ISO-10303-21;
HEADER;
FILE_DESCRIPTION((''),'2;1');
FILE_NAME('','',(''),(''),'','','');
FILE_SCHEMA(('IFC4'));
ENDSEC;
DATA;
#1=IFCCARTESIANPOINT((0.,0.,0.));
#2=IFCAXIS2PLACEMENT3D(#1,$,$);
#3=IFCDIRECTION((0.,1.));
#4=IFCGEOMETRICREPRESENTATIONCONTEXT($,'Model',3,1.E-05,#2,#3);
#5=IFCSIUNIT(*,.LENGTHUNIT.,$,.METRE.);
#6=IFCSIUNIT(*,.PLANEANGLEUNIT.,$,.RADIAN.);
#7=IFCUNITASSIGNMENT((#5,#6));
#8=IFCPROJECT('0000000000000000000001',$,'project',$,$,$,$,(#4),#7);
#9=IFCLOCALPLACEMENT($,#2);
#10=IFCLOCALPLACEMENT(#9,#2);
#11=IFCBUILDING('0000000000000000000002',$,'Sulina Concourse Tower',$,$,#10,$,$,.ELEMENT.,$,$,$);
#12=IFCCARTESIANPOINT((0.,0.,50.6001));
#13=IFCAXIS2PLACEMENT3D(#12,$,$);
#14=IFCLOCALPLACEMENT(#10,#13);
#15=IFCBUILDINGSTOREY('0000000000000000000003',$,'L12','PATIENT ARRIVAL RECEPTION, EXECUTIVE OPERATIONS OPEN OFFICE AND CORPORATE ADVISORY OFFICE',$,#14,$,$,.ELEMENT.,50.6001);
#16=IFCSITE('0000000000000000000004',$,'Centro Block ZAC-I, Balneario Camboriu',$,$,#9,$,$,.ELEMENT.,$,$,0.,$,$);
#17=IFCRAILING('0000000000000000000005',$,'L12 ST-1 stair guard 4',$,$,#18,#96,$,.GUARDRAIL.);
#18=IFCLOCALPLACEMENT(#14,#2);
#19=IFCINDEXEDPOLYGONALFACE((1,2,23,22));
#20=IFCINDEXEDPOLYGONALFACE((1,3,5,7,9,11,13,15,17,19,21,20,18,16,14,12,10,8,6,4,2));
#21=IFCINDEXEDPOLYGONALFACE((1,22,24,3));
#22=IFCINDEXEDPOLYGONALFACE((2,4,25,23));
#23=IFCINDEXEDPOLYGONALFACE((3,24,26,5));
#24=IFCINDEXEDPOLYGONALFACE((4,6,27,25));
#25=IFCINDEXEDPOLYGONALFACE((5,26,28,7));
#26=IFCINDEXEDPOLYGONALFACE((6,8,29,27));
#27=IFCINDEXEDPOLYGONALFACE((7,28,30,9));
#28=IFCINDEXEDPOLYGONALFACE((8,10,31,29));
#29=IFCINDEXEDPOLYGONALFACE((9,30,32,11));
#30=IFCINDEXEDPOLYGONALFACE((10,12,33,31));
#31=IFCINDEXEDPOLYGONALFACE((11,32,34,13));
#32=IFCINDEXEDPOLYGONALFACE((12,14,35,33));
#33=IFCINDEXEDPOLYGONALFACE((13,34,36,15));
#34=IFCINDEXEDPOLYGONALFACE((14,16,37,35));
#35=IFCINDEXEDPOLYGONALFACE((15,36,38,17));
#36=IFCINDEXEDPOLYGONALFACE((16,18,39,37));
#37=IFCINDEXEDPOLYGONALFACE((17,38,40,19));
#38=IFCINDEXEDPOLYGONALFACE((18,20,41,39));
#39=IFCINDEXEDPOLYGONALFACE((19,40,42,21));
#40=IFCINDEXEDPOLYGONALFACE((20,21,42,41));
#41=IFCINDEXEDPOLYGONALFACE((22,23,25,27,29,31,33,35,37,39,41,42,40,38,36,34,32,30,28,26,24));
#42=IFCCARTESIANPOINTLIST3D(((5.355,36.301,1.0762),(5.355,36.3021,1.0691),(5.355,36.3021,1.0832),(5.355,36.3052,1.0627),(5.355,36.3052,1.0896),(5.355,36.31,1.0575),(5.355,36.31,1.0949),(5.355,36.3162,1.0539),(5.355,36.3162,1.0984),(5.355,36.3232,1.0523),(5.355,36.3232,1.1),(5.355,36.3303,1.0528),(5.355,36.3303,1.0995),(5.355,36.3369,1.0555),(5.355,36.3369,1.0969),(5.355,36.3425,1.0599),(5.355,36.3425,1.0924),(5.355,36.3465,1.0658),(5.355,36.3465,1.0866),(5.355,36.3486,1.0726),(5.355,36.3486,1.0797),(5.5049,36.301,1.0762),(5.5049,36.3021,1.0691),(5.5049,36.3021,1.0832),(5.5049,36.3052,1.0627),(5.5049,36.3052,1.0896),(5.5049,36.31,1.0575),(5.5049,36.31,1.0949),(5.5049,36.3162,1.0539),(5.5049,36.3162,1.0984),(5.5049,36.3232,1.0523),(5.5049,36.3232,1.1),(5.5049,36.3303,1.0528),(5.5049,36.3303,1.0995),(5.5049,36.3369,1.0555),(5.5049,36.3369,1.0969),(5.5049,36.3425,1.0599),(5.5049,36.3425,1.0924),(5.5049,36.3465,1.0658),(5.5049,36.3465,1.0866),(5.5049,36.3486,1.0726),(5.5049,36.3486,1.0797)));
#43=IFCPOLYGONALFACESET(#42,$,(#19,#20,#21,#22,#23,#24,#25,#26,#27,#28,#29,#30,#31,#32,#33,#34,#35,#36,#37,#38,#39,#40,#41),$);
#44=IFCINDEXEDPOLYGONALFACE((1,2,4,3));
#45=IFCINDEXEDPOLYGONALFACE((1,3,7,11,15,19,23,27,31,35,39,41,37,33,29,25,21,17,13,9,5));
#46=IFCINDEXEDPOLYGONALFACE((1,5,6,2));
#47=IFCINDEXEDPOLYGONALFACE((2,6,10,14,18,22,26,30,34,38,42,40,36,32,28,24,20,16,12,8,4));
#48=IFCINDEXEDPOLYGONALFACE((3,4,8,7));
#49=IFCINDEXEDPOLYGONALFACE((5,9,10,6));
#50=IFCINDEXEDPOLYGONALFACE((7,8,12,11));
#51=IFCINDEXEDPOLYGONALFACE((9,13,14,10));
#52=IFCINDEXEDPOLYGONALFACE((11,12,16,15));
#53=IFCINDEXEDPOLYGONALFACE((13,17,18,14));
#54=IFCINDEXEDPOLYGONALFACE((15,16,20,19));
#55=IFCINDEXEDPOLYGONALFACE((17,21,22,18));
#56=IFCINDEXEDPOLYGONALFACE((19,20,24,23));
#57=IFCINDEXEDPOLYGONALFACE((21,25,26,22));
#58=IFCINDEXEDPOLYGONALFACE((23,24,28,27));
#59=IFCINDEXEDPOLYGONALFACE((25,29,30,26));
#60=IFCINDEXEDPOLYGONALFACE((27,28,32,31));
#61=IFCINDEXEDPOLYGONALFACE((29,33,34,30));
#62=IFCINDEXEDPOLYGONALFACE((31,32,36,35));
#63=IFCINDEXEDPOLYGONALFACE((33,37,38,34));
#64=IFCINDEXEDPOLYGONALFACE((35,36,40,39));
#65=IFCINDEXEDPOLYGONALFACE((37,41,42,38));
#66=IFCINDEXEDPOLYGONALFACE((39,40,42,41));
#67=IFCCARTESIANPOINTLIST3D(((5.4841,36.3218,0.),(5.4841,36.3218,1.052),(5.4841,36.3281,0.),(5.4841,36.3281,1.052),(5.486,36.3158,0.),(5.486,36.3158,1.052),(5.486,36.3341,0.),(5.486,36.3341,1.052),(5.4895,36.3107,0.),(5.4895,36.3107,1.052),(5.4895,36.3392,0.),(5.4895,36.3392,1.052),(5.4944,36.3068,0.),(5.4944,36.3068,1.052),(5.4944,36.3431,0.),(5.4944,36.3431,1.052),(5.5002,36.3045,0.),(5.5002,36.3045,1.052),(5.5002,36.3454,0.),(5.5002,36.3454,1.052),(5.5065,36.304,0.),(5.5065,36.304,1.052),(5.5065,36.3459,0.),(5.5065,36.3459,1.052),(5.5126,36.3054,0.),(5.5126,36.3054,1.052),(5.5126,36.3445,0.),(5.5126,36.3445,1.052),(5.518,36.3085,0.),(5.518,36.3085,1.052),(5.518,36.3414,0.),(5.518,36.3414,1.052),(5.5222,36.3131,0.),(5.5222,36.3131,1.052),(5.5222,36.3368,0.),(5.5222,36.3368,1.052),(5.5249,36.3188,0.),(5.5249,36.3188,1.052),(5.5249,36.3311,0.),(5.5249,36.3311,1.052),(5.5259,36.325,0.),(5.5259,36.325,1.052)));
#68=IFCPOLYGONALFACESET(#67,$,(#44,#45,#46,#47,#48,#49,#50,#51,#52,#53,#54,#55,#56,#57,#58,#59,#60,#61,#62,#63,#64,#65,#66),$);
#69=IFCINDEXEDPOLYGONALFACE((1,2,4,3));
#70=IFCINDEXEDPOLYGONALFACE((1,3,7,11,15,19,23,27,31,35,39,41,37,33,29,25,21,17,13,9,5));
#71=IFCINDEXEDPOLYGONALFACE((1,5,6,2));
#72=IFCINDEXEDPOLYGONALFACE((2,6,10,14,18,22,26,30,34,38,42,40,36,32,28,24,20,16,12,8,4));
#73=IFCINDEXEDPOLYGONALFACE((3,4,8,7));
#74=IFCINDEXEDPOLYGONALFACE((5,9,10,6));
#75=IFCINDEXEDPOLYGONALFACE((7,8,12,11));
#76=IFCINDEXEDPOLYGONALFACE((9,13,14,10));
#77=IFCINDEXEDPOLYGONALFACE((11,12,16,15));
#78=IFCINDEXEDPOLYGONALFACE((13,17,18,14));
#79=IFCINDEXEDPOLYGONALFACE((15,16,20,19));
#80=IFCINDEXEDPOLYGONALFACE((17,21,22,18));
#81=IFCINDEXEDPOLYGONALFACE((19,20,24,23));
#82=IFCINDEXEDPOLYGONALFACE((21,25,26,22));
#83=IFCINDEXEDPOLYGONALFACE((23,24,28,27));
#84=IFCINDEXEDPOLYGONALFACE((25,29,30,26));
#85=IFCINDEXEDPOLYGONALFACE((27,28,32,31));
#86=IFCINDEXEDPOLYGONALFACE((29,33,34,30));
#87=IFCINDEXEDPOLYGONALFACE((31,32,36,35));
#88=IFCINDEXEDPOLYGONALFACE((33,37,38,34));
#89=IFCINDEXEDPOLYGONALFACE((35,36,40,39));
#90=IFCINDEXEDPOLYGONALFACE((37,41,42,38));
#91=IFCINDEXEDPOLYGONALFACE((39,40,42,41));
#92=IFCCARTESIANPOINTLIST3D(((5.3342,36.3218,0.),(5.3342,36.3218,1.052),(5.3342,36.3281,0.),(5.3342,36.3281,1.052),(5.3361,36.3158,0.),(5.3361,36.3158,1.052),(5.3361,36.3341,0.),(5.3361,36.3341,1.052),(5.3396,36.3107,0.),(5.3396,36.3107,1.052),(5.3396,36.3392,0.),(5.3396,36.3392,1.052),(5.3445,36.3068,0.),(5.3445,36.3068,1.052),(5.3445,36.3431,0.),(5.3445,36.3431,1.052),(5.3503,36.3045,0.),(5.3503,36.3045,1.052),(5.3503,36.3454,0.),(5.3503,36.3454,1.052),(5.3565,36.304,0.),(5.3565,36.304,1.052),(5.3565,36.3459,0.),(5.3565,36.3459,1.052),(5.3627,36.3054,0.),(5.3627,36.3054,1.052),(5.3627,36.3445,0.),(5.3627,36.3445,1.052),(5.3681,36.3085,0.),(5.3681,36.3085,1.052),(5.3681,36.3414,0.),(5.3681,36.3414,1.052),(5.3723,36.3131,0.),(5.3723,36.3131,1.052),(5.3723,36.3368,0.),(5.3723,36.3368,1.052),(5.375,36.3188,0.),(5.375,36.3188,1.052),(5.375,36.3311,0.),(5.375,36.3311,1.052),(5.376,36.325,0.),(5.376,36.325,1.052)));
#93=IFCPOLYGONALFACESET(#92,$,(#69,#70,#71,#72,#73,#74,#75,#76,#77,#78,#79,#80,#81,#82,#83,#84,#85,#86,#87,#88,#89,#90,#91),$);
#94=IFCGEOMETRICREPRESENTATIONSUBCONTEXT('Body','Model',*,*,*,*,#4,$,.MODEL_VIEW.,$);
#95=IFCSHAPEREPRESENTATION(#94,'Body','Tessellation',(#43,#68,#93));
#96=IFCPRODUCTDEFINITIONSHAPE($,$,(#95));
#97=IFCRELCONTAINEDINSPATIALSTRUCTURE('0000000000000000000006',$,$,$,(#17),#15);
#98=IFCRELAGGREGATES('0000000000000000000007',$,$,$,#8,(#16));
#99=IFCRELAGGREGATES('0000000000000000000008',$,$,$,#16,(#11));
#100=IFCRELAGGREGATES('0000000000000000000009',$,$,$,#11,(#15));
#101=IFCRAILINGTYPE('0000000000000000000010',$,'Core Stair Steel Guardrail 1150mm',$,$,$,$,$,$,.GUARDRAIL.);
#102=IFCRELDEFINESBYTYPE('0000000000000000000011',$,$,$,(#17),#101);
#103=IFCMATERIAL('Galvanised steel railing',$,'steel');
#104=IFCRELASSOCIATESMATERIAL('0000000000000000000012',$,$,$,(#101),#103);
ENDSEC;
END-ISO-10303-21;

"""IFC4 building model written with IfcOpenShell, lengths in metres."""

from ifc_helpers import new_model, si_unit, direction, frame, origin, origin_2d, place, context, subcontext, project, spatial, circle, extrude, material, type_object, element, save


model = new_model("IFC4")

# Units and contexts
model_context = context("Model", 3, precision=1e-05, world=origin(), true_north=direction((0.0, 1.0)))
body_context = subcontext(model_context, "Body", "Model", "MODEL_VIEW")
ifc_project = project(units=[si_unit("LENGTHUNIT", "METRE"), si_unit("PLANEANGLEUNIT", "RADIAN")], contexts=[model_context])

# Site, building, storey
site_placement = place(None, origin())
site = spatial("IfcSite", under=ifc_project, at=site_placement, Name="Centro Block ZAC-I, Balneario Camboriu", CompositionType="ELEMENT", RefElevation=0.0)
building_placement = place(site_placement, origin())
building = spatial("IfcBuilding", under=site, at=building_placement, Name="Sulina Concourse Tower", CompositionType="ELEMENT")
storey_placement = place(building_placement, frame((0.0, 0.0, 50.6001)))
storey = spatial("IfcBuildingStorey", under=building, at=storey_placement, Name="L12", Description="PATIENT ARRIVAL RECEPTION, EXECUTIVE OPERATIONS OPEN OFFICE AND CORPORATE ADVISORY OFFICE", CompositionType="ELEMENT", Elevation=50.6001)

# Railing
ifc_material_1 = material(Name="Galvanised steel railing", Category="steel")
railing_type_1 = type_object("IfcRailingType", Name="Core Stair Steel Guardrail 1150mm", PredefinedType="GUARDRAIL", material=ifc_material_1)
railing_1_placement = place(storey_placement, frame((5.5049, 36.325, 0.0)))
element("IfcRailing", 1, at=railing_1_placement, inside=storey, type_object=railing_type_1, Name="L12 ST-1 stair guard 4", PredefinedType="GUARDRAIL", context=body_context, shape_type="SweptSolid", body=[
    extrude(circle(Radius=0.0239, at=origin_2d()), frame((0.0, 0.0, 1.0762), z_axis=(-1.0, 0.0, 0.0), x_axis=(0.0, -1.0, 0.0)), (0.0, 0.0, 1.0), 0.1499),
    extrude(circle(Radius=0.021, at=origin_2d()), origin(), (0.0, 0.0, 1.0), 1.052),
    extrude(circle(Radius=0.021, at=origin_2d()), frame((-0.1499, 0.0, 0.0)), (0.0, 0.0, 1.0), 1.052),
])

save(model, "model.ifc")
